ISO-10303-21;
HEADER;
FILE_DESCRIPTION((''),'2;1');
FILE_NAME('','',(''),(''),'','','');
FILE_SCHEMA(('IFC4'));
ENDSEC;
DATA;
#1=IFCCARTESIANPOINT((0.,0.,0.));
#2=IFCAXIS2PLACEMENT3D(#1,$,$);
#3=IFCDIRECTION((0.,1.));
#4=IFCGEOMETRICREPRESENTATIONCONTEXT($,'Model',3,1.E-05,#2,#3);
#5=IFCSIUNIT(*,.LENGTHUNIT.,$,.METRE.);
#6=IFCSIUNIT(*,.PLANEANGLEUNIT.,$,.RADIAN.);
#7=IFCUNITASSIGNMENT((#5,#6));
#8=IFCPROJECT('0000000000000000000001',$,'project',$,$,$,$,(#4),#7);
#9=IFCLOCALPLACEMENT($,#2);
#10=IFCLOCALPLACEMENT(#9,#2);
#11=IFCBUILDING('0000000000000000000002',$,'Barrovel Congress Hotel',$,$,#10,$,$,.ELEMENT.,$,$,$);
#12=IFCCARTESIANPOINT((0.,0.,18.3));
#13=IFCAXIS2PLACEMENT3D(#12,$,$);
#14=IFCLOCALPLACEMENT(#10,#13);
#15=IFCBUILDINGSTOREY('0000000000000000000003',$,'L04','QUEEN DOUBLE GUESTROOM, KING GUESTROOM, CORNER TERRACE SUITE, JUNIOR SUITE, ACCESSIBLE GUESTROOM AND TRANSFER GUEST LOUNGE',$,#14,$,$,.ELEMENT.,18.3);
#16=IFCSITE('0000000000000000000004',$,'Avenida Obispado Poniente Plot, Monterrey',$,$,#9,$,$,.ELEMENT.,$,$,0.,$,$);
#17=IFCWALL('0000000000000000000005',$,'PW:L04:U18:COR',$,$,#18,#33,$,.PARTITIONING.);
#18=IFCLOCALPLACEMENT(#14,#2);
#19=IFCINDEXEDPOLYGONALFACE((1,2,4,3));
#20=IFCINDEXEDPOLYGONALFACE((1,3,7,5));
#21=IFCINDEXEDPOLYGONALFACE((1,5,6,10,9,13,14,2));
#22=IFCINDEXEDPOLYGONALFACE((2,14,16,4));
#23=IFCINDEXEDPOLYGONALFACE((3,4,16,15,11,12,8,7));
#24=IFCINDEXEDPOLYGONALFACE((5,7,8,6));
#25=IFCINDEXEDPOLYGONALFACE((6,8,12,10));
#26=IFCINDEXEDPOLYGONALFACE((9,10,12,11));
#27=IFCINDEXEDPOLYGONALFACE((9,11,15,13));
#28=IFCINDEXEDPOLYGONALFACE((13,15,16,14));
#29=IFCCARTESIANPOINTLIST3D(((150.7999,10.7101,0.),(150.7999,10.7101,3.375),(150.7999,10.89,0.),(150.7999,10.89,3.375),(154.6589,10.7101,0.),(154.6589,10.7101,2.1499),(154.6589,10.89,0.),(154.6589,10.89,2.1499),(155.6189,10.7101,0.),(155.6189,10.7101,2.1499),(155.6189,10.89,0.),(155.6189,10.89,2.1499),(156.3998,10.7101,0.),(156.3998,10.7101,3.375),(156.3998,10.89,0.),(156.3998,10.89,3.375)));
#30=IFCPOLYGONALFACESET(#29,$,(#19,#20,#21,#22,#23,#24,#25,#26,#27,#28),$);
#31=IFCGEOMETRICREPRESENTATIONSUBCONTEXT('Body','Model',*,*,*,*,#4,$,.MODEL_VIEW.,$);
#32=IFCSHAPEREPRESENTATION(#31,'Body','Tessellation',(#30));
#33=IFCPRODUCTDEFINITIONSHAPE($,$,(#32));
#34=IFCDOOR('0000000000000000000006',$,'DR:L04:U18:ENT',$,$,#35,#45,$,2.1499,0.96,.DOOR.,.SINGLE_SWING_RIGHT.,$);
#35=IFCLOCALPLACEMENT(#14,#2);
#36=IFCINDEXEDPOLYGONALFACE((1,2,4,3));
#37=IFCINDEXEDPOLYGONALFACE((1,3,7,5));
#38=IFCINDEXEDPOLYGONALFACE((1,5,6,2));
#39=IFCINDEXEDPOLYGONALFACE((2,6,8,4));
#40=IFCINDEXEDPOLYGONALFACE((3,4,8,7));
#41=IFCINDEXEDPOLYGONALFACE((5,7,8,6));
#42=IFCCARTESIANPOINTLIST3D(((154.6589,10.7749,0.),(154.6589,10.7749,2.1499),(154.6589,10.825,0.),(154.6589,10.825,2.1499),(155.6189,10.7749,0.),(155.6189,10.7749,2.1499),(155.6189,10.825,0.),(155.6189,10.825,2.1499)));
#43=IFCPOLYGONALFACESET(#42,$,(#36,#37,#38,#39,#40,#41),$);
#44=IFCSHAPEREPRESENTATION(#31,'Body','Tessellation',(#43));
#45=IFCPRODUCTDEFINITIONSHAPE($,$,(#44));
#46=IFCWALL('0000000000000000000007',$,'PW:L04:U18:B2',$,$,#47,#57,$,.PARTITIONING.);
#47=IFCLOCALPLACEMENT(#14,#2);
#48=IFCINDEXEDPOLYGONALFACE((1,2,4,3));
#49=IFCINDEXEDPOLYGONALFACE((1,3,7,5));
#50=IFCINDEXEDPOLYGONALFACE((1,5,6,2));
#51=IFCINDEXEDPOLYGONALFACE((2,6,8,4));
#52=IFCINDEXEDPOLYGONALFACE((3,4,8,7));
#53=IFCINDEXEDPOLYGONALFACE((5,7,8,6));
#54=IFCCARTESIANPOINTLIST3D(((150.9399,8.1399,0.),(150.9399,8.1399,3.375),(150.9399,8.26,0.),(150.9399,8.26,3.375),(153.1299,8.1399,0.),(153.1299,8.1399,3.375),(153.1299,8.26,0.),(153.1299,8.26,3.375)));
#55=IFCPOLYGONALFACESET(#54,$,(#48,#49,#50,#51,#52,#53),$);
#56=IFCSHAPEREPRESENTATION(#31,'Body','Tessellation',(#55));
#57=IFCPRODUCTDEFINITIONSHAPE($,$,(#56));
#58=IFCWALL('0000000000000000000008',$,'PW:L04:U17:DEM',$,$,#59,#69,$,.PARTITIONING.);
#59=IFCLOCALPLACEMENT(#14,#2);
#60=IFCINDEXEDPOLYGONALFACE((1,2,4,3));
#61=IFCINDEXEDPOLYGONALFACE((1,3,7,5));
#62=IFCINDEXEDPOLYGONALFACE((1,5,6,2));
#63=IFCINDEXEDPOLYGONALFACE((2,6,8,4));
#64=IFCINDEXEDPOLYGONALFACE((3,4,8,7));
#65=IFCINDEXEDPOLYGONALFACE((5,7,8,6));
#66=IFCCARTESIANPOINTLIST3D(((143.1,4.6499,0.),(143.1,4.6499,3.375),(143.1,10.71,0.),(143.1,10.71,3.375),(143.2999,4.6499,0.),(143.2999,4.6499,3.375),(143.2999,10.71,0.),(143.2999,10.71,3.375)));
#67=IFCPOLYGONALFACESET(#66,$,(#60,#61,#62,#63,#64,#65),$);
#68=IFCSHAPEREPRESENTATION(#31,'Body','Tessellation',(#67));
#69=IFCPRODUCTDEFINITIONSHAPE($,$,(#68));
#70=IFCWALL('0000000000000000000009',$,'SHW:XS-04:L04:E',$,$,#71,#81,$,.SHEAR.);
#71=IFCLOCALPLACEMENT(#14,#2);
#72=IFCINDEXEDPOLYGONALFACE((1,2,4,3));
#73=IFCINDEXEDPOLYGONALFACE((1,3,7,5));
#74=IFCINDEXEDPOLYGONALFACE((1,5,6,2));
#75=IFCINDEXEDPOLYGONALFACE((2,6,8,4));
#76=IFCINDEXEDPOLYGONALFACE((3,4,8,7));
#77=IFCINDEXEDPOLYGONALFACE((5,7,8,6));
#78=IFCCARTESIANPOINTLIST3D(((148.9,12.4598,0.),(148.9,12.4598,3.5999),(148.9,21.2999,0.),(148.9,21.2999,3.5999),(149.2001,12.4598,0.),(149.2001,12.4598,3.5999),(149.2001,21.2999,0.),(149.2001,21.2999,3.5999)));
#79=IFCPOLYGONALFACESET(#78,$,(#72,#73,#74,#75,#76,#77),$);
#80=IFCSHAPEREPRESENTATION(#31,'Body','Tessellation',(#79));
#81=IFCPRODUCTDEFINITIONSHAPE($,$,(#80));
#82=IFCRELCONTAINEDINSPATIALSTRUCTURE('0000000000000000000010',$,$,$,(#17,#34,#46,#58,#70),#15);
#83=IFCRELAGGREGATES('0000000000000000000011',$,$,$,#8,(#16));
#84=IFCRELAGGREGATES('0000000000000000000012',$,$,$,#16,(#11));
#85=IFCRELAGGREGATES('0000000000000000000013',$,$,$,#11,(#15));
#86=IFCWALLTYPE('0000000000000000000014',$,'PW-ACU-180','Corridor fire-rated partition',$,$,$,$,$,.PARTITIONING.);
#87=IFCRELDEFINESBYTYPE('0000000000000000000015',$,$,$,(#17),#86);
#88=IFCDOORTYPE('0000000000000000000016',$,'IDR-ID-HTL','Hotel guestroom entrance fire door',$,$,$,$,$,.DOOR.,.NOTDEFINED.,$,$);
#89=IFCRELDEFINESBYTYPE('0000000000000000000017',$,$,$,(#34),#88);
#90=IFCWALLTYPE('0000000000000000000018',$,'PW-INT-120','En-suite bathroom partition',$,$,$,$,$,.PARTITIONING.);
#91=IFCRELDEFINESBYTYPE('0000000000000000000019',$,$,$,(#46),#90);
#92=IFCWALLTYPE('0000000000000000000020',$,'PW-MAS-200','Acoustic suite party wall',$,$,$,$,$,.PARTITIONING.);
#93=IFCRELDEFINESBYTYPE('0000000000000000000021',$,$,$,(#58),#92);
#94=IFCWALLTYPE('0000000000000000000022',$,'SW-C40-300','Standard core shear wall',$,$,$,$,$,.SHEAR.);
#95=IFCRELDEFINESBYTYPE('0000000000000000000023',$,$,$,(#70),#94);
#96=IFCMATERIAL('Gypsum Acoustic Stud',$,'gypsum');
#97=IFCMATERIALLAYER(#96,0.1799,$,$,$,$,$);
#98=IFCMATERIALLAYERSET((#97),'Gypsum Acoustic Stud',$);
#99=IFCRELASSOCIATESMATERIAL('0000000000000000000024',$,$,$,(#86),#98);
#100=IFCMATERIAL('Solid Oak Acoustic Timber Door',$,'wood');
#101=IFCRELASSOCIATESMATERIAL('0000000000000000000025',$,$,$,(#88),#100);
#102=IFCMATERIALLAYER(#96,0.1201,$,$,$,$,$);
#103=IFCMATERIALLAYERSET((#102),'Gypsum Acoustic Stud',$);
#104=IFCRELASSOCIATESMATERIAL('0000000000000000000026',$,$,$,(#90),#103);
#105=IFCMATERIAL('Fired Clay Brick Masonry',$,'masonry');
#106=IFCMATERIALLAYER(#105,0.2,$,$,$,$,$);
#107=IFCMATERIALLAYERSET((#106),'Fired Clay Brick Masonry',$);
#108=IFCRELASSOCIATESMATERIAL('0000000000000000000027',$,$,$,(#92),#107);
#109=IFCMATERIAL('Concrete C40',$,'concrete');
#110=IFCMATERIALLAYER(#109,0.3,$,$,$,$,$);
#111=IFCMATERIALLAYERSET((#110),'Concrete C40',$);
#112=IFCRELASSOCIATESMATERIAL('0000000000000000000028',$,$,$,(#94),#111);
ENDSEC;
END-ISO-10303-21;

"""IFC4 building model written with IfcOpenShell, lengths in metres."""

from ifc_helpers import new_model, si_unit, direction, frame, frame_2d, origin, place, context, subcontext, project, spatial, rectangle, extrude, material, layer, layer_set, type_object, element, fill, save


model = new_model("IFC4")

# Units and contexts
model_context = context("Model", 3, precision=1e-05, world=origin(), true_north=direction((0.0, 1.0)))
body_context = subcontext(model_context, "Body", "Model", "MODEL_VIEW")
ifc_project = project(units=[si_unit("LENGTHUNIT", "METRE"), si_unit("PLANEANGLEUNIT", "RADIAN")], contexts=[model_context])

# Site, building, storey
site_placement = place(None, origin())
site = spatial("IfcSite", under=ifc_project, at=site_placement, Name="Avenida Obispado Poniente Plot, Monterrey", CompositionType="ELEMENT", RefElevation=0.0)
building_placement = place(site_placement, origin())
building = spatial("IfcBuilding", under=site, at=building_placement, Name="Barrovel Congress Hotel", CompositionType="ELEMENT")
storey_placement = place(building_placement, frame((0.0, 0.0, 18.3)))
storey = spatial("IfcBuildingStorey", under=building, at=storey_placement, Name="L04", Description="QUEEN DOUBLE GUESTROOM, KING GUESTROOM, CORNER TERRACE SUITE, JUNIOR SUITE, ACCESSIBLE GUESTROOM AND TRANSFER GUEST LOUNGE", CompositionType="ELEMENT", Elevation=18.3)

# Shared definitions
ifc_material_1 = material(Name="Concrete C40", Category="concrete")

# Shared definitions
ifc_material_2 = material(Name="Fired Clay Brick Masonry", Category="masonry")

# Wall, opening, door
ifc_material_3 = material(Name="Gypsum Acoustic Stud", Category="gypsum")
ifc_layer_1 = layer(ifc_material_3, 0.1799)
ifc_layer_set_1 = layer_set([ifc_layer_1], Name="Gypsum Acoustic Stud")
wall_type_1 = type_object("IfcWallType", Name="PW-ACU-180", Description="Corridor fire-rated partition", PredefinedType="PARTITIONING", material=ifc_layer_set_1)
wall_1_placement = place(storey_placement, frame((150.8, 10.8, 0.0), z_axis=(0.0, 0.0, 1.0), x_axis=(1.0, 0.0, 0.0)))
wall_1 = element("IfcWall", 1, at=wall_1_placement, inside=storey, type_object=wall_type_1, Name="PW:L04:U18:COR", PredefinedType="PARTITIONING", context=body_context, shape_type="SweptSolid", body=[
    extrude(rectangle(XDim=5.5999, YDim=0.1799, at=frame_2d((2.7998, 0.0))), origin(), (0.0, 0.0, 1.0), 3.375),
])
opening_1_placement = place(wall_1_placement, frame((3.8589, 0.0, 0.0)))
opening_1 = element("IfcOpeningElement", 2, at=opening_1_placement, cuts=wall_1, PredefinedType="OPENING", context=body_context, shape_type="SweptSolid", body=[
    extrude(rectangle(XDim=0.96, YDim=2.1499, at=frame_2d((0.48, 1.075))), frame((0.0, 0.1001, 0.0), z_axis=(0.0, -1.0, 0.0), x_axis=(1.0, 0.0, 0.0)), (0.0, 0.0, 1.0), 0.2),
])
ifc_material_4 = material(Name="Solid Oak Acoustic Timber Door", Category="wood")
door_type_1 = type_object("IfcDoorType", Name="IDR-ID-HTL", Description="Hotel guestroom entrance fire door", OperationType="NOTDEFINED", PredefinedType="DOOR", material=ifc_material_4)
door_1_placement = place(opening_1_placement, origin())
door_1 = element("IfcDoor", 3, at=door_1_placement, inside=storey, type_object=door_type_1, Name="DR:L04:U18:ENT", OperationType="SINGLE_SWING_RIGHT", OverallHeight=2.1499, OverallWidth=0.96, PredefinedType="DOOR", context=body_context, shape_type="SweptSolid", body=[
    extrude(rectangle(XDim=0.96, YDim=2.1499, at=frame_2d((0.48, 1.075))), frame((0.0, 0.0249, 0.0), z_axis=(0.0, -1.0, 0.0), x_axis=(1.0, 0.0, 0.0)), (0.0, 0.0, 1.0), 0.05),
])
fill(opening_1, door_1)

# Walls
ifc_layer_2 = layer(ifc_material_3, 0.1201)
ifc_layer_set_2 = layer_set([ifc_layer_2], Name="Gypsum Acoustic Stud")
wall_type_2 = type_object("IfcWallType", Name="PW-INT-120", Description="En-suite bathroom partition", PredefinedType="PARTITIONING", material=ifc_layer_set_2)
wall_2_placement = place(storey_placement, frame((150.9399, 8.2, 0.0), z_axis=(0.0, 0.0, 1.0), x_axis=(1.0, 0.0, 0.0)))
element("IfcWall", 4, at=wall_2_placement, inside=storey, type_object=wall_type_2, Name="PW:L04:U18:B2", PredefinedType="PARTITIONING", context=body_context, shape_type="SweptSolid", body=[
    extrude(rectangle(XDim=2.1899, YDim=0.1201, at=frame_2d((1.095, 0.0))), origin(), (0.0, 0.0, 1.0), 3.375),
])
ifc_layer_3 = layer(ifc_material_2, 0.2)
ifc_layer_set_3 = layer_set([ifc_layer_3], Name="Fired Clay Brick Masonry")
wall_type_3 = type_object("IfcWallType", Name="PW-MAS-200", Description="Acoustic suite party wall", PredefinedType="PARTITIONING", material=ifc_layer_set_3)
wall_3_placement = place(storey_placement, frame((143.2, 4.6499, 0.0), z_axis=(0.0, 0.0, 1.0), x_axis=(0.0, 1.0, 0.0)))
element("IfcWall", 5, at=wall_3_placement, inside=storey, type_object=wall_type_3, Name="PW:L04:U17:DEM", PredefinedType="PARTITIONING", context=body_context, shape_type="SweptSolid", body=[
    extrude(rectangle(XDim=6.0601, YDim=0.2, at=frame_2d((3.03, 0.0))), origin(), (0.0, 0.0, 1.0), 3.375),
])

# Shared definitions
ifc_layer_4 = layer(ifc_material_1, 0.3)
ifc_layer_set_4 = layer_set([ifc_layer_4], Name="Concrete C40")
wall_type_4 = type_object("IfcWallType", Name="SW-C40-300", Description="Standard core shear wall", PredefinedType="SHEAR", material=ifc_layer_set_4)

# Wall
wall_4_placement = place(storey_placement, frame((149.05, 12.46, 0.0), z_axis=(0.0, 0.0, 1.0), x_axis=(0.0, 1.0, 0.0)))
element("IfcWall", 6, at=wall_4_placement, inside=storey, type_object=wall_type_4, Name="SHW:XS-04:L04:E", PredefinedType="SHEAR", context=body_context, shape_type="SweptSolid", body=[
    extrude(rectangle(XDim=8.8401, YDim=0.3, at=frame_2d((4.4199, 0.0))), origin(), (0.0, 0.0, 1.0), 3.5999),
])

save(model, "model.ifc")
